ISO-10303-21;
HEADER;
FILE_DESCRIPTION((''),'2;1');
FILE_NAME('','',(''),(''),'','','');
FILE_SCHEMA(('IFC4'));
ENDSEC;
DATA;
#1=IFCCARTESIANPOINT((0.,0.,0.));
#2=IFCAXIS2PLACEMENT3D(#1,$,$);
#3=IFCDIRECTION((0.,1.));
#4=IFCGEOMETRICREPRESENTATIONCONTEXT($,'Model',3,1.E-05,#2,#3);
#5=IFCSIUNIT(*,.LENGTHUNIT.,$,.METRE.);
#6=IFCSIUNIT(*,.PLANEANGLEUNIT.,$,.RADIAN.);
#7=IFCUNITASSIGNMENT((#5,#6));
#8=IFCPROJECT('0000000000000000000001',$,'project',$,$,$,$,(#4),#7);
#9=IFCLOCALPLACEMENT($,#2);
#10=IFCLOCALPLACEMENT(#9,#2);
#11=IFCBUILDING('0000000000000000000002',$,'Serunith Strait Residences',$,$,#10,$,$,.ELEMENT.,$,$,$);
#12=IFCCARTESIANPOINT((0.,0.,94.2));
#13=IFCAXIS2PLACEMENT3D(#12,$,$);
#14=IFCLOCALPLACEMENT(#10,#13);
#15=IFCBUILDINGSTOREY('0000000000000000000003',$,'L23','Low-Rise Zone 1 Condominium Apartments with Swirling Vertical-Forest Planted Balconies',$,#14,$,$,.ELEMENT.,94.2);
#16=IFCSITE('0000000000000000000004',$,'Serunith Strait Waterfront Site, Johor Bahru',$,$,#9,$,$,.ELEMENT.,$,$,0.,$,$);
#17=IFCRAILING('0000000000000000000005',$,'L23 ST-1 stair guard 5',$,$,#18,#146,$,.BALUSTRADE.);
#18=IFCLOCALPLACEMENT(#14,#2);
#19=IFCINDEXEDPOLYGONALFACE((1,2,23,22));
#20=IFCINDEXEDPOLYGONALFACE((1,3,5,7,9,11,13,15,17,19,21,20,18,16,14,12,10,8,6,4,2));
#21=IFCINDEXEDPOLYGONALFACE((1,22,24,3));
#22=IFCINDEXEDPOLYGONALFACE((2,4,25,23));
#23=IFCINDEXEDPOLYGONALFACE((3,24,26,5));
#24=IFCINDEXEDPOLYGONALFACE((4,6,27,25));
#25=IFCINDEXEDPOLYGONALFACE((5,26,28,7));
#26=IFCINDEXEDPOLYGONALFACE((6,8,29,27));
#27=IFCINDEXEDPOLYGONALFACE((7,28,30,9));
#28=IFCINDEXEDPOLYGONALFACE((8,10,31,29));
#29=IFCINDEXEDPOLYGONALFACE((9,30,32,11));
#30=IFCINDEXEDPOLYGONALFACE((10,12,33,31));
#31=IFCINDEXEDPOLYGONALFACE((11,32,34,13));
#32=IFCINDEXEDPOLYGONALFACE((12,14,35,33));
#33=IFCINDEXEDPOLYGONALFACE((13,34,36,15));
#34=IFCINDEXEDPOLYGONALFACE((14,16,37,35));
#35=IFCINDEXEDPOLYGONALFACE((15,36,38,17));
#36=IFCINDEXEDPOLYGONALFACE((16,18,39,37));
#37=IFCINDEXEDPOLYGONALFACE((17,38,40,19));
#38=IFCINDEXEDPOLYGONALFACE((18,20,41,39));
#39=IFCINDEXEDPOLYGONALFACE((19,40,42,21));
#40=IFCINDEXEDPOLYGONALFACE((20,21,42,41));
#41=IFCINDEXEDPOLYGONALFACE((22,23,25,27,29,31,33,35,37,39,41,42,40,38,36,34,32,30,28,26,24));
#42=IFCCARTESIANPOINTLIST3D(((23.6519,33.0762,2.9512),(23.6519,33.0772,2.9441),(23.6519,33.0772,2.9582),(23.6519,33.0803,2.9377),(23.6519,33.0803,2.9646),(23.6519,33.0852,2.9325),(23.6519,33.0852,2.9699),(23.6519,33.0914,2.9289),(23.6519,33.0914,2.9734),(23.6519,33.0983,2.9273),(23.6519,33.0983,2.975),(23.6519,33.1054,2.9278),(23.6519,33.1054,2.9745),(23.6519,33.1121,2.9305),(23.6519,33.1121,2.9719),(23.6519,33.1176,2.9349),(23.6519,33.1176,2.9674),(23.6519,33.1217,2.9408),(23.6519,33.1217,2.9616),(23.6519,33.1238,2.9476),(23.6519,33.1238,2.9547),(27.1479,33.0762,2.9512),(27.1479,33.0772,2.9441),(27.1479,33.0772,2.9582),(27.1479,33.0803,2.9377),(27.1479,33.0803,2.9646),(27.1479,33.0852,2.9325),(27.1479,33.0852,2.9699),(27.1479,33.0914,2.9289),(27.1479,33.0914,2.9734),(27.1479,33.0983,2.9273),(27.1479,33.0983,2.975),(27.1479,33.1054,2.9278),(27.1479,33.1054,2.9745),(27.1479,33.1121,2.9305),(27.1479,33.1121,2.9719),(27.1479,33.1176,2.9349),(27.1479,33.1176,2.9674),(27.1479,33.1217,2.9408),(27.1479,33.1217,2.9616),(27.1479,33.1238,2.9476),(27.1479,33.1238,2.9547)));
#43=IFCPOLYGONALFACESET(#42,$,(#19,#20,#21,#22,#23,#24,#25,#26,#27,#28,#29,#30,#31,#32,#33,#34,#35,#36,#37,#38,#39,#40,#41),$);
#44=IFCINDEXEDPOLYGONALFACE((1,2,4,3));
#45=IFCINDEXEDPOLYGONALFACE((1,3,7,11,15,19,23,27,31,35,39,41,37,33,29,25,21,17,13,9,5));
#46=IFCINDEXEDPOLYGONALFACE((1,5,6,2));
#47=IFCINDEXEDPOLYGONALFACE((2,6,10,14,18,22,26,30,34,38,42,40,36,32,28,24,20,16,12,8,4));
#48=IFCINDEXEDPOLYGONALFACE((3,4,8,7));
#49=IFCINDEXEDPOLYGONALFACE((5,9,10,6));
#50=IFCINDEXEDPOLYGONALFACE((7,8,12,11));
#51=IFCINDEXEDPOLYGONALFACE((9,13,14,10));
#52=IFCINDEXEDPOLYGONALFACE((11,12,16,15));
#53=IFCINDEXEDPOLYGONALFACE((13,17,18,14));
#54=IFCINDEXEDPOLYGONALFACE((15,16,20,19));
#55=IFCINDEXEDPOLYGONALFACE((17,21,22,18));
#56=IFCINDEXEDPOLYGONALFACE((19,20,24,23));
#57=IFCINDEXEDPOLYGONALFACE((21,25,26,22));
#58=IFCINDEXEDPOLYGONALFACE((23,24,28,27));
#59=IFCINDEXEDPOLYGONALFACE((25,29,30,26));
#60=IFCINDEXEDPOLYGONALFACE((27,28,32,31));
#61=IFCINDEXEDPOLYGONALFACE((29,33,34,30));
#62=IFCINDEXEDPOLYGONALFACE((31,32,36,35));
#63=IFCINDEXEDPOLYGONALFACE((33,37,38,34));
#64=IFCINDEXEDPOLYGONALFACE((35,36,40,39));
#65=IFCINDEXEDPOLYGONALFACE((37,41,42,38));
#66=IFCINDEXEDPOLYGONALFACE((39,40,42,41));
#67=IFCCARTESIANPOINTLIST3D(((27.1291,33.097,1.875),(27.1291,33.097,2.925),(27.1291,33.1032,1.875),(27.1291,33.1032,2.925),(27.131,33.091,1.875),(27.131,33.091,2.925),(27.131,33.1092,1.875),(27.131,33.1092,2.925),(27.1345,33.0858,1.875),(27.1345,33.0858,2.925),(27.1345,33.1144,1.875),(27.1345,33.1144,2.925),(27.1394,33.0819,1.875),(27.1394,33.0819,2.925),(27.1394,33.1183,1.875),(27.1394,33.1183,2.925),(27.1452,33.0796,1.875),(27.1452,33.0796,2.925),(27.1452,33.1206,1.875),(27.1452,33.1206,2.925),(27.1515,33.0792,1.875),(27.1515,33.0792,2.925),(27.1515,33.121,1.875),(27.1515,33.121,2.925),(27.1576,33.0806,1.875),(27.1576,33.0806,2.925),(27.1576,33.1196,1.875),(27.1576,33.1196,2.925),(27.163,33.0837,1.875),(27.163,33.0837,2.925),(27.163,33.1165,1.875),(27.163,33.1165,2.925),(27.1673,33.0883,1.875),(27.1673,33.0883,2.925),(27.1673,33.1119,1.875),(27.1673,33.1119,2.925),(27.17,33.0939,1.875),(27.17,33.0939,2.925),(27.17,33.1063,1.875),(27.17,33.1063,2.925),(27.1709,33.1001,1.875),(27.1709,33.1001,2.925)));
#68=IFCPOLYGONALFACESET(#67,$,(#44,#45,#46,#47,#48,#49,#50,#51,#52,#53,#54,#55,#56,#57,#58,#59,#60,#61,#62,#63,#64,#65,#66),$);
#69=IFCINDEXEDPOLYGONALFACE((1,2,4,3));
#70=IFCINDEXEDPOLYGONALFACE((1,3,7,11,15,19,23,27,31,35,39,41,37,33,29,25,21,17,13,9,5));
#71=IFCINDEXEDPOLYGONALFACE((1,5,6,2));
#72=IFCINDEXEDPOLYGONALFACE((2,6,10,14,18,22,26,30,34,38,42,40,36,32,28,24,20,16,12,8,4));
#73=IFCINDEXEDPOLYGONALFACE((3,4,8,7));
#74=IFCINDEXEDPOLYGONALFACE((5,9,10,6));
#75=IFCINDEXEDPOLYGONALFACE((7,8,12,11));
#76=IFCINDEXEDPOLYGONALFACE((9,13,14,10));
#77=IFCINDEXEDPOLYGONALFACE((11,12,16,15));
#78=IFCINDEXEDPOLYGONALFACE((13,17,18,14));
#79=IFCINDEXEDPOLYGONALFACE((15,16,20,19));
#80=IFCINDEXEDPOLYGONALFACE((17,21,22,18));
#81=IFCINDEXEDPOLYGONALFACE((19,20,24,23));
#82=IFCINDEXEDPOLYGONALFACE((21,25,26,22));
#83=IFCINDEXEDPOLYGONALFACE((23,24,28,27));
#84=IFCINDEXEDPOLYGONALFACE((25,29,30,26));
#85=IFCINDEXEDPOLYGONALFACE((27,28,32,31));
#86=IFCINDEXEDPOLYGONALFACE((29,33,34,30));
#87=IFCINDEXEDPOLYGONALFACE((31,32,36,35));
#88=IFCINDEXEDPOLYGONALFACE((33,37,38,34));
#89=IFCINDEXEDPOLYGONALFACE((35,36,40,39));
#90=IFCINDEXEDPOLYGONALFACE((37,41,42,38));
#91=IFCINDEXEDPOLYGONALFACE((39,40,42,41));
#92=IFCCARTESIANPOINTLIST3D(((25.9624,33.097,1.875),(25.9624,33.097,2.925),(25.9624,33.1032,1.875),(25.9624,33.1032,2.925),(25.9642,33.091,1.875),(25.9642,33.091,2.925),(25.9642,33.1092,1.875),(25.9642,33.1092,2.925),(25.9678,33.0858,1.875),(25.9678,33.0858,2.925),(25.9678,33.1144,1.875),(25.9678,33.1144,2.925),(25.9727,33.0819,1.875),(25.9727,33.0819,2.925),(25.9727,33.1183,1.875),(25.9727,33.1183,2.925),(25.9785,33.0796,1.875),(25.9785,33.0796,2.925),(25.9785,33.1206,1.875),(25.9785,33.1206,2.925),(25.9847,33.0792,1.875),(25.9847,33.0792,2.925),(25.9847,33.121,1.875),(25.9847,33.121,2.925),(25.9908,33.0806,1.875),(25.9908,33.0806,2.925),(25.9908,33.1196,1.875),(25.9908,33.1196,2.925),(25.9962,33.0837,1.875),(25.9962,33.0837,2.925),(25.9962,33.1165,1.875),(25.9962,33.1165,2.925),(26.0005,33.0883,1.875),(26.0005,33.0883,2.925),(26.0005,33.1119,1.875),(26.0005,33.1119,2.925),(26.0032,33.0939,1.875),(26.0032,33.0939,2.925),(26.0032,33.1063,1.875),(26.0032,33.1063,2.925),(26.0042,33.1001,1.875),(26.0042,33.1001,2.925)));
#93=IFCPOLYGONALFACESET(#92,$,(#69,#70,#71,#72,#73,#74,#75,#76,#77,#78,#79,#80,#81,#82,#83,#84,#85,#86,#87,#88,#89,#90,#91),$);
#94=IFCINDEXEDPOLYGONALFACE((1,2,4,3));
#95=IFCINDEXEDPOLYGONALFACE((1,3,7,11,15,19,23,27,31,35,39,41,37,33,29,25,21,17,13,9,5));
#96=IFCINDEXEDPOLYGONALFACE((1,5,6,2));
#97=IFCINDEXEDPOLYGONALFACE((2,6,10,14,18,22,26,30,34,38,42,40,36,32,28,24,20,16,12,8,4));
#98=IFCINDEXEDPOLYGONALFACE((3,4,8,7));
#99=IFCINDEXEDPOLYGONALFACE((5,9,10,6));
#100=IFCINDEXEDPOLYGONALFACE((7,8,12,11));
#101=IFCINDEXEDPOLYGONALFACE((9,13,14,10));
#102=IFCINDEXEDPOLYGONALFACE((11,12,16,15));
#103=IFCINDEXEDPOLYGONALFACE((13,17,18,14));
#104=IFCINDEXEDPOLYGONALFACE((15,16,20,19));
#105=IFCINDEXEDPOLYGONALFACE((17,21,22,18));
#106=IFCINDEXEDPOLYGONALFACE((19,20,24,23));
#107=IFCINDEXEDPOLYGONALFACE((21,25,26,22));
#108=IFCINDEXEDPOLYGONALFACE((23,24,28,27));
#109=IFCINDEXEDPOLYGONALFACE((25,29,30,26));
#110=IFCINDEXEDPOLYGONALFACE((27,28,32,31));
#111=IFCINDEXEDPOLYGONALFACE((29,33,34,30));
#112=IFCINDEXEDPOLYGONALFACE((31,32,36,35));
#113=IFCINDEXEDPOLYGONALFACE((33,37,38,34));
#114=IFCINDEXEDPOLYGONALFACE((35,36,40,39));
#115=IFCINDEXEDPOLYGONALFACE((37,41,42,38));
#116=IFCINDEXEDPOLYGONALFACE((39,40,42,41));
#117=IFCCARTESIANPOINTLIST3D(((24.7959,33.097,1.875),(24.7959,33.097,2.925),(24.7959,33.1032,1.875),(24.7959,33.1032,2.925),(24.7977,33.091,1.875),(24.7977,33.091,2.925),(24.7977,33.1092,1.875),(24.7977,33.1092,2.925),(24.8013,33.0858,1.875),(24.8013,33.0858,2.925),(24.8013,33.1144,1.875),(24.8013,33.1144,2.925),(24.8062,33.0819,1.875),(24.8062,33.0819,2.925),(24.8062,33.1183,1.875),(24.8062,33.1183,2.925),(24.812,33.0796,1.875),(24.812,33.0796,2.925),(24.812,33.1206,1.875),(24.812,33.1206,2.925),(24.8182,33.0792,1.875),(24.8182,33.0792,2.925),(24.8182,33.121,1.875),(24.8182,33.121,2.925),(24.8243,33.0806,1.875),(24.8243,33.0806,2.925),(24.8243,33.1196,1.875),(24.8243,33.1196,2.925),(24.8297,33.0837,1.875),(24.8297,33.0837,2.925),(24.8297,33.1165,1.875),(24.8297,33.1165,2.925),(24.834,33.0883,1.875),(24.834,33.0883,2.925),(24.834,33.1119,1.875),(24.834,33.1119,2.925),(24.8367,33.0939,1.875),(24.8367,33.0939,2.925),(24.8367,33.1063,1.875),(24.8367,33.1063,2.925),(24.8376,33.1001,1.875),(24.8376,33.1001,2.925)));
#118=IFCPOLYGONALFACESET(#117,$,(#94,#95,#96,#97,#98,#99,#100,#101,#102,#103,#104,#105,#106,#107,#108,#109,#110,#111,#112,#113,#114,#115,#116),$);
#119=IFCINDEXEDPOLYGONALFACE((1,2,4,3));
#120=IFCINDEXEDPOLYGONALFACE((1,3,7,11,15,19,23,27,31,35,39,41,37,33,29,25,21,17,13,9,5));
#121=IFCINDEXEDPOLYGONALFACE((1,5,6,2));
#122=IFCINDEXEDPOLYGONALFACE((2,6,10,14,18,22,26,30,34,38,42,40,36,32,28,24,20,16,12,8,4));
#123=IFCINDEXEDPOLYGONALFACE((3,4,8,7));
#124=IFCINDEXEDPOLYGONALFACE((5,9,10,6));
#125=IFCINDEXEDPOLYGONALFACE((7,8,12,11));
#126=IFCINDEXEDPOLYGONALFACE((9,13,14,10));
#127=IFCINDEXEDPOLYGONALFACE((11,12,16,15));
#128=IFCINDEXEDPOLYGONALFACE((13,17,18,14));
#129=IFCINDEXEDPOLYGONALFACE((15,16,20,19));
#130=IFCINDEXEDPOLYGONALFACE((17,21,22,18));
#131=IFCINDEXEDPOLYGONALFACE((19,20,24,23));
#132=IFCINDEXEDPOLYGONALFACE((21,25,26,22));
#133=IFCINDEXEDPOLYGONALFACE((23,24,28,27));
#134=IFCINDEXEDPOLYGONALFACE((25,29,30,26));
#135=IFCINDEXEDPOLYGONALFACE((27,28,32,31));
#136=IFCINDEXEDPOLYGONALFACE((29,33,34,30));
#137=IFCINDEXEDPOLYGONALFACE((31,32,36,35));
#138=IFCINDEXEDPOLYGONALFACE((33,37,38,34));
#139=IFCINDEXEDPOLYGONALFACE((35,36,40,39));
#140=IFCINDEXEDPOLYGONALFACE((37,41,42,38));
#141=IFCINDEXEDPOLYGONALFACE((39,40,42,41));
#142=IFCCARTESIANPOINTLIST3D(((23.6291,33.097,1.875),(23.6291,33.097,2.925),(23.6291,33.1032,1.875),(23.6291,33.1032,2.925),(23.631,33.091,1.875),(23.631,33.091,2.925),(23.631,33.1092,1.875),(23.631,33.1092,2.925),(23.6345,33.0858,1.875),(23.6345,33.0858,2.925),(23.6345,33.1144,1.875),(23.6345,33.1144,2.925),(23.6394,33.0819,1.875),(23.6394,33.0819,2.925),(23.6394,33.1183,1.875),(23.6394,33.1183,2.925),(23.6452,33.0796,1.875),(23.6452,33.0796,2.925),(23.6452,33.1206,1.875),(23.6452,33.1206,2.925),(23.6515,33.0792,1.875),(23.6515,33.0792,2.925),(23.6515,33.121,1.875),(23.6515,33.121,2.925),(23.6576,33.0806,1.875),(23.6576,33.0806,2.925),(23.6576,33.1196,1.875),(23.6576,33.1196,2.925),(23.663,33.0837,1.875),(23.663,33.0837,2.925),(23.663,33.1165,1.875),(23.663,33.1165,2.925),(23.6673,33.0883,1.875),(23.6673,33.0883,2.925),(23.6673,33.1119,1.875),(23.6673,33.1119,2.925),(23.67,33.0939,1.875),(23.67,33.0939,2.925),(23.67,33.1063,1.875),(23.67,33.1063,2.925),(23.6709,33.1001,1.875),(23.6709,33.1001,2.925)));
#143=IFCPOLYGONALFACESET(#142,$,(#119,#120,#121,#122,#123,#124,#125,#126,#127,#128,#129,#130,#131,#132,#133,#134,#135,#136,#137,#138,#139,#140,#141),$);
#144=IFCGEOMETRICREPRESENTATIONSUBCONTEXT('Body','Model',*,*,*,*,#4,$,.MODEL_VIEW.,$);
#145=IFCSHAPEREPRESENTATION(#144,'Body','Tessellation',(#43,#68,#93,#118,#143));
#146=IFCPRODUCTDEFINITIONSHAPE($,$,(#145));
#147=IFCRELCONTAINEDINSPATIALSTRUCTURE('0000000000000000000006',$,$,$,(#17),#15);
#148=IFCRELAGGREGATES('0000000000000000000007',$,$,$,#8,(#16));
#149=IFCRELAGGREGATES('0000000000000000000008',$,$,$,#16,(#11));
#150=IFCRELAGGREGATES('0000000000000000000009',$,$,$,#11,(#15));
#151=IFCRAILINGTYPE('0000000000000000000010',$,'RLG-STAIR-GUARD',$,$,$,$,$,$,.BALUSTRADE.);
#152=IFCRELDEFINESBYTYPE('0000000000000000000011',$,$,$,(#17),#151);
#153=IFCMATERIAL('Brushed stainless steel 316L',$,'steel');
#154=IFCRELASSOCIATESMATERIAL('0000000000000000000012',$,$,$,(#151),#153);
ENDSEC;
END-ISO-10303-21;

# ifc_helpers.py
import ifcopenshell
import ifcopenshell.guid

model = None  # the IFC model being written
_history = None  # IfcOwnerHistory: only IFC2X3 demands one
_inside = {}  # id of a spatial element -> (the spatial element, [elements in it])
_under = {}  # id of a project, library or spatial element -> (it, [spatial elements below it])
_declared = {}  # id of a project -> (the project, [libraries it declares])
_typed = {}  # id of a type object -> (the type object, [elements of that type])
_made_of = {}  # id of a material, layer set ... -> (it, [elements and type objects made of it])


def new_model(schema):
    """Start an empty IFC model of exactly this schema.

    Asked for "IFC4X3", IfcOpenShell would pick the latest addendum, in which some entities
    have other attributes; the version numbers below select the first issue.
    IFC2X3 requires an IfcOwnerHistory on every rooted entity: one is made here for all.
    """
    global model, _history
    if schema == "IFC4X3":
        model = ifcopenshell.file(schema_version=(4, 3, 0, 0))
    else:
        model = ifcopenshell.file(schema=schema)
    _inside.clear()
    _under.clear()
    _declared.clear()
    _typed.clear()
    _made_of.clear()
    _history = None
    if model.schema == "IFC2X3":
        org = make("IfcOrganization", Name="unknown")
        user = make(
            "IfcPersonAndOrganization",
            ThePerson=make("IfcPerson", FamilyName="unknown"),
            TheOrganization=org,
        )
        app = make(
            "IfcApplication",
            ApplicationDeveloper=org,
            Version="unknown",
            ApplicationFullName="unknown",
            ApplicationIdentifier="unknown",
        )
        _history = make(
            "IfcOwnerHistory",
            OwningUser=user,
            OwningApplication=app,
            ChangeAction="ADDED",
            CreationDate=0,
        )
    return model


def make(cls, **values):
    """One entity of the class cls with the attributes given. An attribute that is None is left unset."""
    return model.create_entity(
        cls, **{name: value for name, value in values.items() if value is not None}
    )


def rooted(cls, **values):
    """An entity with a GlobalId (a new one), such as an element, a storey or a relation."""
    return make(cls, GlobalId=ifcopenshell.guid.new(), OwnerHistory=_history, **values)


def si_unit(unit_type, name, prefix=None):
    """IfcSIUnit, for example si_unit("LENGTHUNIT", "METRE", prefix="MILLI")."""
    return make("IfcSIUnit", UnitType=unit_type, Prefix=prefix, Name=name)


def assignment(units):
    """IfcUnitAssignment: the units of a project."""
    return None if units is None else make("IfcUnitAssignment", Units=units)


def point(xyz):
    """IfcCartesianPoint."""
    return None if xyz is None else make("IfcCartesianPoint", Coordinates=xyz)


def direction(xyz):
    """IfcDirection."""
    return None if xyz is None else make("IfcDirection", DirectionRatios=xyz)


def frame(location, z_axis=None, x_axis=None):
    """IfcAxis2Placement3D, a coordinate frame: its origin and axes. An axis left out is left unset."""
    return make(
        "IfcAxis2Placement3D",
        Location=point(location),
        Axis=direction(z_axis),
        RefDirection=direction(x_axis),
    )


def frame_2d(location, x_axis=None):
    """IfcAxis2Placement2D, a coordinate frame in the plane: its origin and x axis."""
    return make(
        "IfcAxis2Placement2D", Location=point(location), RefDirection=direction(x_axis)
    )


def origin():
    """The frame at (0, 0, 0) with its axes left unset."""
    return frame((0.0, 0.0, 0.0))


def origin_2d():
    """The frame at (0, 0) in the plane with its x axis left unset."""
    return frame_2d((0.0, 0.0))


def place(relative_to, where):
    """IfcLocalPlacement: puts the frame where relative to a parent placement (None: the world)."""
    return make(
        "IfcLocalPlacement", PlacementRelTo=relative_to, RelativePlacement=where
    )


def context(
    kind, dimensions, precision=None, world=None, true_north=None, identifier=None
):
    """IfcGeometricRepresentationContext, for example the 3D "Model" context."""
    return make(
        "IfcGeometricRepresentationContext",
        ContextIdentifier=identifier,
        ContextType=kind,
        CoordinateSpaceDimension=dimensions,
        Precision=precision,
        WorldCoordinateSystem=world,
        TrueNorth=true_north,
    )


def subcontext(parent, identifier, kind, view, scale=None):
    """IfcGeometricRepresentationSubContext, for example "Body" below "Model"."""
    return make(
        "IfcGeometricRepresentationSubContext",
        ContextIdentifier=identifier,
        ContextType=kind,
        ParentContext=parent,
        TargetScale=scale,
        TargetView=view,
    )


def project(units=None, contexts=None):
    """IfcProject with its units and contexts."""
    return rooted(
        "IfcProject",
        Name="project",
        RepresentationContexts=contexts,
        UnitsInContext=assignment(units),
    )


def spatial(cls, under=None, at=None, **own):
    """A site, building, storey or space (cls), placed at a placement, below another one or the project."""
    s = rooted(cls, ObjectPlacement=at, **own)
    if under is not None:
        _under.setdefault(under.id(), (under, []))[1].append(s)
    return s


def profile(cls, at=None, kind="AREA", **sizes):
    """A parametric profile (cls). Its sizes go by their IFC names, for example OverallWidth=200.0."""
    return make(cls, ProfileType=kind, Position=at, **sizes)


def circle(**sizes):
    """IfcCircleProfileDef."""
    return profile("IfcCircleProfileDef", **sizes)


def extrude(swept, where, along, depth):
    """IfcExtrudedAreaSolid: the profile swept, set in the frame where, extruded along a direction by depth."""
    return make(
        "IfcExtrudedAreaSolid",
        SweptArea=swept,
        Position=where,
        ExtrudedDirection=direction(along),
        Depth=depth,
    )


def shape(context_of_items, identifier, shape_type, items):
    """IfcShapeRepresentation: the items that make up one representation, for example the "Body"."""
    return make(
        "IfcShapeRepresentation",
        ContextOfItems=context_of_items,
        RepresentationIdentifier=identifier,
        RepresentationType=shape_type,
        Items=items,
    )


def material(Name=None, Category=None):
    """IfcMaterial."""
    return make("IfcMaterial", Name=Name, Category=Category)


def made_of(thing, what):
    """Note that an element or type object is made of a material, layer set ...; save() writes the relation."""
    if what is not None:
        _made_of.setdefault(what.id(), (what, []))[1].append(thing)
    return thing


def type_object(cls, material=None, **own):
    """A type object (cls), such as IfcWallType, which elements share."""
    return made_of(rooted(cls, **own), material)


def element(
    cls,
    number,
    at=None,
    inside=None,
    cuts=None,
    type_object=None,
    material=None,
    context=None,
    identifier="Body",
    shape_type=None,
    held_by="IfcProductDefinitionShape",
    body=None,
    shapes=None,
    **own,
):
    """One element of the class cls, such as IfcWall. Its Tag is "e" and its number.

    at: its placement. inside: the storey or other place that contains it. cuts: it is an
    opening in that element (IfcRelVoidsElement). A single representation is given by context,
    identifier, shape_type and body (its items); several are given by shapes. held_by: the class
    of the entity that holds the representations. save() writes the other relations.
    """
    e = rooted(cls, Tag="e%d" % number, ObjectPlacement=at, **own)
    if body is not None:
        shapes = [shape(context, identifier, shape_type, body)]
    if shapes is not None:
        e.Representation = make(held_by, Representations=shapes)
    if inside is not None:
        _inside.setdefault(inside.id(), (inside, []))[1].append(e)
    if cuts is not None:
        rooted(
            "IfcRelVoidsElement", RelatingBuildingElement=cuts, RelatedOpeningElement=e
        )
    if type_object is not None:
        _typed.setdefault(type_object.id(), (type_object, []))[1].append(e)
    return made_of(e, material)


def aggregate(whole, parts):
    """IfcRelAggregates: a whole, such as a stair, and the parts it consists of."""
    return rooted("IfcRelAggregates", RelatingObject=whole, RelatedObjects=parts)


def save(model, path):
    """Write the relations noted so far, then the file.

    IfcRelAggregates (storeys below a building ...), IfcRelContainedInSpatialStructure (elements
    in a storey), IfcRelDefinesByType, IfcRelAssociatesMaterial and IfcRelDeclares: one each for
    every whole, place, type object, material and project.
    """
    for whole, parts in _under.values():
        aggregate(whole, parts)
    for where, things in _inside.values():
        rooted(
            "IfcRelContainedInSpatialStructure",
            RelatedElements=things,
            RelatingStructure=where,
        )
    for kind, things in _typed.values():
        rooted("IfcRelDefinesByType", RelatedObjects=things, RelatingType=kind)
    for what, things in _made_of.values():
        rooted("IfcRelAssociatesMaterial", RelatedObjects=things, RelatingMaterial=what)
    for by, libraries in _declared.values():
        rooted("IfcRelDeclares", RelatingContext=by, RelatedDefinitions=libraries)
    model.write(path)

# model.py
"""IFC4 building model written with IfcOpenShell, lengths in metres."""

from ifc_helpers import new_model, si_unit, direction, frame, origin, origin_2d, place, context, subcontext, project, spatial, circle, extrude, material, type_object, element, save


model = new_model("IFC4")

# Units and contexts
model_context = context("Model", 3, precision=1e-05, world=origin(), true_north=direction((0.0, 1.0)))
body_context = subcontext(model_context, "Body", "Model", "MODEL_VIEW")
ifc_project = project(units=[si_unit("LENGTHUNIT", "METRE"), si_unit("PLANEANGLEUNIT", "RADIAN")], contexts=[model_context])

# Site, building, storey
site_placement = place(None, origin())
site = spatial("IfcSite", under=ifc_project, at=site_placement, Name="Serunith Strait Waterfront Site, Johor Bahru", CompositionType="ELEMENT", RefElevation=0.0)
building_placement = place(site_placement, origin())
building = spatial("IfcBuilding", under=site, at=building_placement, Name="Serunith Strait Residences", CompositionType="ELEMENT")
storey_placement = place(building_placement, frame((0.0, 0.0, 94.2)))
storey = spatial("IfcBuildingStorey", under=building, at=storey_placement, Name="L23", Description="Low-Rise Zone 1 Condominium Apartments with Swirling Vertical-Forest Planted Balconies", CompositionType="ELEMENT", Elevation=94.2)

# Railing
ifc_material_1 = material(Name="Brushed stainless steel 316L", Category="steel")
railing_type_1 = type_object("IfcRailingType", Name="RLG-STAIR-GUARD", PredefinedType="BALUSTRADE", material=ifc_material_1)
railing_1_placement = place(storey_placement, frame((27.1499, 33.1001, 1.875)))
element("IfcRailing", 1, at=railing_1_placement, inside=storey, type_object=railing_type_1, Name="L23 ST-1 stair guard 5", PredefinedType="BALUSTRADE", context=body_context, shape_type="SweptSolid", body=[
    extrude(circle(Radius=0.0239, at=origin_2d()), frame((-0.002, 0.0, 1.0762), z_axis=(-1.0, 0.0, 0.0), x_axis=(0.0, -1.0, 0.0)), (0.0, 0.0, 1.0), 3.4961),
    extrude(circle(Radius=0.021, at=origin_2d()), origin(), (0.0, 0.0, 1.0), 1.05),
    extrude(circle(Radius=0.021, at=origin_2d()), frame((-1.1667, 0.0, 0.0)), (0.0, 0.0, 1.0), 1.05),
    extrude(circle(Radius=0.021, at=origin_2d()), frame((-2.3333, 0.0, 0.0)), (0.0, 0.0, 1.0), 1.05),
    extrude(circle(Radius=0.021, at=origin_2d()), frame((-3.5, 0.0, 0.0)), (0.0, 0.0, 1.0), 1.05),
])

save(model, "model.ifc")
